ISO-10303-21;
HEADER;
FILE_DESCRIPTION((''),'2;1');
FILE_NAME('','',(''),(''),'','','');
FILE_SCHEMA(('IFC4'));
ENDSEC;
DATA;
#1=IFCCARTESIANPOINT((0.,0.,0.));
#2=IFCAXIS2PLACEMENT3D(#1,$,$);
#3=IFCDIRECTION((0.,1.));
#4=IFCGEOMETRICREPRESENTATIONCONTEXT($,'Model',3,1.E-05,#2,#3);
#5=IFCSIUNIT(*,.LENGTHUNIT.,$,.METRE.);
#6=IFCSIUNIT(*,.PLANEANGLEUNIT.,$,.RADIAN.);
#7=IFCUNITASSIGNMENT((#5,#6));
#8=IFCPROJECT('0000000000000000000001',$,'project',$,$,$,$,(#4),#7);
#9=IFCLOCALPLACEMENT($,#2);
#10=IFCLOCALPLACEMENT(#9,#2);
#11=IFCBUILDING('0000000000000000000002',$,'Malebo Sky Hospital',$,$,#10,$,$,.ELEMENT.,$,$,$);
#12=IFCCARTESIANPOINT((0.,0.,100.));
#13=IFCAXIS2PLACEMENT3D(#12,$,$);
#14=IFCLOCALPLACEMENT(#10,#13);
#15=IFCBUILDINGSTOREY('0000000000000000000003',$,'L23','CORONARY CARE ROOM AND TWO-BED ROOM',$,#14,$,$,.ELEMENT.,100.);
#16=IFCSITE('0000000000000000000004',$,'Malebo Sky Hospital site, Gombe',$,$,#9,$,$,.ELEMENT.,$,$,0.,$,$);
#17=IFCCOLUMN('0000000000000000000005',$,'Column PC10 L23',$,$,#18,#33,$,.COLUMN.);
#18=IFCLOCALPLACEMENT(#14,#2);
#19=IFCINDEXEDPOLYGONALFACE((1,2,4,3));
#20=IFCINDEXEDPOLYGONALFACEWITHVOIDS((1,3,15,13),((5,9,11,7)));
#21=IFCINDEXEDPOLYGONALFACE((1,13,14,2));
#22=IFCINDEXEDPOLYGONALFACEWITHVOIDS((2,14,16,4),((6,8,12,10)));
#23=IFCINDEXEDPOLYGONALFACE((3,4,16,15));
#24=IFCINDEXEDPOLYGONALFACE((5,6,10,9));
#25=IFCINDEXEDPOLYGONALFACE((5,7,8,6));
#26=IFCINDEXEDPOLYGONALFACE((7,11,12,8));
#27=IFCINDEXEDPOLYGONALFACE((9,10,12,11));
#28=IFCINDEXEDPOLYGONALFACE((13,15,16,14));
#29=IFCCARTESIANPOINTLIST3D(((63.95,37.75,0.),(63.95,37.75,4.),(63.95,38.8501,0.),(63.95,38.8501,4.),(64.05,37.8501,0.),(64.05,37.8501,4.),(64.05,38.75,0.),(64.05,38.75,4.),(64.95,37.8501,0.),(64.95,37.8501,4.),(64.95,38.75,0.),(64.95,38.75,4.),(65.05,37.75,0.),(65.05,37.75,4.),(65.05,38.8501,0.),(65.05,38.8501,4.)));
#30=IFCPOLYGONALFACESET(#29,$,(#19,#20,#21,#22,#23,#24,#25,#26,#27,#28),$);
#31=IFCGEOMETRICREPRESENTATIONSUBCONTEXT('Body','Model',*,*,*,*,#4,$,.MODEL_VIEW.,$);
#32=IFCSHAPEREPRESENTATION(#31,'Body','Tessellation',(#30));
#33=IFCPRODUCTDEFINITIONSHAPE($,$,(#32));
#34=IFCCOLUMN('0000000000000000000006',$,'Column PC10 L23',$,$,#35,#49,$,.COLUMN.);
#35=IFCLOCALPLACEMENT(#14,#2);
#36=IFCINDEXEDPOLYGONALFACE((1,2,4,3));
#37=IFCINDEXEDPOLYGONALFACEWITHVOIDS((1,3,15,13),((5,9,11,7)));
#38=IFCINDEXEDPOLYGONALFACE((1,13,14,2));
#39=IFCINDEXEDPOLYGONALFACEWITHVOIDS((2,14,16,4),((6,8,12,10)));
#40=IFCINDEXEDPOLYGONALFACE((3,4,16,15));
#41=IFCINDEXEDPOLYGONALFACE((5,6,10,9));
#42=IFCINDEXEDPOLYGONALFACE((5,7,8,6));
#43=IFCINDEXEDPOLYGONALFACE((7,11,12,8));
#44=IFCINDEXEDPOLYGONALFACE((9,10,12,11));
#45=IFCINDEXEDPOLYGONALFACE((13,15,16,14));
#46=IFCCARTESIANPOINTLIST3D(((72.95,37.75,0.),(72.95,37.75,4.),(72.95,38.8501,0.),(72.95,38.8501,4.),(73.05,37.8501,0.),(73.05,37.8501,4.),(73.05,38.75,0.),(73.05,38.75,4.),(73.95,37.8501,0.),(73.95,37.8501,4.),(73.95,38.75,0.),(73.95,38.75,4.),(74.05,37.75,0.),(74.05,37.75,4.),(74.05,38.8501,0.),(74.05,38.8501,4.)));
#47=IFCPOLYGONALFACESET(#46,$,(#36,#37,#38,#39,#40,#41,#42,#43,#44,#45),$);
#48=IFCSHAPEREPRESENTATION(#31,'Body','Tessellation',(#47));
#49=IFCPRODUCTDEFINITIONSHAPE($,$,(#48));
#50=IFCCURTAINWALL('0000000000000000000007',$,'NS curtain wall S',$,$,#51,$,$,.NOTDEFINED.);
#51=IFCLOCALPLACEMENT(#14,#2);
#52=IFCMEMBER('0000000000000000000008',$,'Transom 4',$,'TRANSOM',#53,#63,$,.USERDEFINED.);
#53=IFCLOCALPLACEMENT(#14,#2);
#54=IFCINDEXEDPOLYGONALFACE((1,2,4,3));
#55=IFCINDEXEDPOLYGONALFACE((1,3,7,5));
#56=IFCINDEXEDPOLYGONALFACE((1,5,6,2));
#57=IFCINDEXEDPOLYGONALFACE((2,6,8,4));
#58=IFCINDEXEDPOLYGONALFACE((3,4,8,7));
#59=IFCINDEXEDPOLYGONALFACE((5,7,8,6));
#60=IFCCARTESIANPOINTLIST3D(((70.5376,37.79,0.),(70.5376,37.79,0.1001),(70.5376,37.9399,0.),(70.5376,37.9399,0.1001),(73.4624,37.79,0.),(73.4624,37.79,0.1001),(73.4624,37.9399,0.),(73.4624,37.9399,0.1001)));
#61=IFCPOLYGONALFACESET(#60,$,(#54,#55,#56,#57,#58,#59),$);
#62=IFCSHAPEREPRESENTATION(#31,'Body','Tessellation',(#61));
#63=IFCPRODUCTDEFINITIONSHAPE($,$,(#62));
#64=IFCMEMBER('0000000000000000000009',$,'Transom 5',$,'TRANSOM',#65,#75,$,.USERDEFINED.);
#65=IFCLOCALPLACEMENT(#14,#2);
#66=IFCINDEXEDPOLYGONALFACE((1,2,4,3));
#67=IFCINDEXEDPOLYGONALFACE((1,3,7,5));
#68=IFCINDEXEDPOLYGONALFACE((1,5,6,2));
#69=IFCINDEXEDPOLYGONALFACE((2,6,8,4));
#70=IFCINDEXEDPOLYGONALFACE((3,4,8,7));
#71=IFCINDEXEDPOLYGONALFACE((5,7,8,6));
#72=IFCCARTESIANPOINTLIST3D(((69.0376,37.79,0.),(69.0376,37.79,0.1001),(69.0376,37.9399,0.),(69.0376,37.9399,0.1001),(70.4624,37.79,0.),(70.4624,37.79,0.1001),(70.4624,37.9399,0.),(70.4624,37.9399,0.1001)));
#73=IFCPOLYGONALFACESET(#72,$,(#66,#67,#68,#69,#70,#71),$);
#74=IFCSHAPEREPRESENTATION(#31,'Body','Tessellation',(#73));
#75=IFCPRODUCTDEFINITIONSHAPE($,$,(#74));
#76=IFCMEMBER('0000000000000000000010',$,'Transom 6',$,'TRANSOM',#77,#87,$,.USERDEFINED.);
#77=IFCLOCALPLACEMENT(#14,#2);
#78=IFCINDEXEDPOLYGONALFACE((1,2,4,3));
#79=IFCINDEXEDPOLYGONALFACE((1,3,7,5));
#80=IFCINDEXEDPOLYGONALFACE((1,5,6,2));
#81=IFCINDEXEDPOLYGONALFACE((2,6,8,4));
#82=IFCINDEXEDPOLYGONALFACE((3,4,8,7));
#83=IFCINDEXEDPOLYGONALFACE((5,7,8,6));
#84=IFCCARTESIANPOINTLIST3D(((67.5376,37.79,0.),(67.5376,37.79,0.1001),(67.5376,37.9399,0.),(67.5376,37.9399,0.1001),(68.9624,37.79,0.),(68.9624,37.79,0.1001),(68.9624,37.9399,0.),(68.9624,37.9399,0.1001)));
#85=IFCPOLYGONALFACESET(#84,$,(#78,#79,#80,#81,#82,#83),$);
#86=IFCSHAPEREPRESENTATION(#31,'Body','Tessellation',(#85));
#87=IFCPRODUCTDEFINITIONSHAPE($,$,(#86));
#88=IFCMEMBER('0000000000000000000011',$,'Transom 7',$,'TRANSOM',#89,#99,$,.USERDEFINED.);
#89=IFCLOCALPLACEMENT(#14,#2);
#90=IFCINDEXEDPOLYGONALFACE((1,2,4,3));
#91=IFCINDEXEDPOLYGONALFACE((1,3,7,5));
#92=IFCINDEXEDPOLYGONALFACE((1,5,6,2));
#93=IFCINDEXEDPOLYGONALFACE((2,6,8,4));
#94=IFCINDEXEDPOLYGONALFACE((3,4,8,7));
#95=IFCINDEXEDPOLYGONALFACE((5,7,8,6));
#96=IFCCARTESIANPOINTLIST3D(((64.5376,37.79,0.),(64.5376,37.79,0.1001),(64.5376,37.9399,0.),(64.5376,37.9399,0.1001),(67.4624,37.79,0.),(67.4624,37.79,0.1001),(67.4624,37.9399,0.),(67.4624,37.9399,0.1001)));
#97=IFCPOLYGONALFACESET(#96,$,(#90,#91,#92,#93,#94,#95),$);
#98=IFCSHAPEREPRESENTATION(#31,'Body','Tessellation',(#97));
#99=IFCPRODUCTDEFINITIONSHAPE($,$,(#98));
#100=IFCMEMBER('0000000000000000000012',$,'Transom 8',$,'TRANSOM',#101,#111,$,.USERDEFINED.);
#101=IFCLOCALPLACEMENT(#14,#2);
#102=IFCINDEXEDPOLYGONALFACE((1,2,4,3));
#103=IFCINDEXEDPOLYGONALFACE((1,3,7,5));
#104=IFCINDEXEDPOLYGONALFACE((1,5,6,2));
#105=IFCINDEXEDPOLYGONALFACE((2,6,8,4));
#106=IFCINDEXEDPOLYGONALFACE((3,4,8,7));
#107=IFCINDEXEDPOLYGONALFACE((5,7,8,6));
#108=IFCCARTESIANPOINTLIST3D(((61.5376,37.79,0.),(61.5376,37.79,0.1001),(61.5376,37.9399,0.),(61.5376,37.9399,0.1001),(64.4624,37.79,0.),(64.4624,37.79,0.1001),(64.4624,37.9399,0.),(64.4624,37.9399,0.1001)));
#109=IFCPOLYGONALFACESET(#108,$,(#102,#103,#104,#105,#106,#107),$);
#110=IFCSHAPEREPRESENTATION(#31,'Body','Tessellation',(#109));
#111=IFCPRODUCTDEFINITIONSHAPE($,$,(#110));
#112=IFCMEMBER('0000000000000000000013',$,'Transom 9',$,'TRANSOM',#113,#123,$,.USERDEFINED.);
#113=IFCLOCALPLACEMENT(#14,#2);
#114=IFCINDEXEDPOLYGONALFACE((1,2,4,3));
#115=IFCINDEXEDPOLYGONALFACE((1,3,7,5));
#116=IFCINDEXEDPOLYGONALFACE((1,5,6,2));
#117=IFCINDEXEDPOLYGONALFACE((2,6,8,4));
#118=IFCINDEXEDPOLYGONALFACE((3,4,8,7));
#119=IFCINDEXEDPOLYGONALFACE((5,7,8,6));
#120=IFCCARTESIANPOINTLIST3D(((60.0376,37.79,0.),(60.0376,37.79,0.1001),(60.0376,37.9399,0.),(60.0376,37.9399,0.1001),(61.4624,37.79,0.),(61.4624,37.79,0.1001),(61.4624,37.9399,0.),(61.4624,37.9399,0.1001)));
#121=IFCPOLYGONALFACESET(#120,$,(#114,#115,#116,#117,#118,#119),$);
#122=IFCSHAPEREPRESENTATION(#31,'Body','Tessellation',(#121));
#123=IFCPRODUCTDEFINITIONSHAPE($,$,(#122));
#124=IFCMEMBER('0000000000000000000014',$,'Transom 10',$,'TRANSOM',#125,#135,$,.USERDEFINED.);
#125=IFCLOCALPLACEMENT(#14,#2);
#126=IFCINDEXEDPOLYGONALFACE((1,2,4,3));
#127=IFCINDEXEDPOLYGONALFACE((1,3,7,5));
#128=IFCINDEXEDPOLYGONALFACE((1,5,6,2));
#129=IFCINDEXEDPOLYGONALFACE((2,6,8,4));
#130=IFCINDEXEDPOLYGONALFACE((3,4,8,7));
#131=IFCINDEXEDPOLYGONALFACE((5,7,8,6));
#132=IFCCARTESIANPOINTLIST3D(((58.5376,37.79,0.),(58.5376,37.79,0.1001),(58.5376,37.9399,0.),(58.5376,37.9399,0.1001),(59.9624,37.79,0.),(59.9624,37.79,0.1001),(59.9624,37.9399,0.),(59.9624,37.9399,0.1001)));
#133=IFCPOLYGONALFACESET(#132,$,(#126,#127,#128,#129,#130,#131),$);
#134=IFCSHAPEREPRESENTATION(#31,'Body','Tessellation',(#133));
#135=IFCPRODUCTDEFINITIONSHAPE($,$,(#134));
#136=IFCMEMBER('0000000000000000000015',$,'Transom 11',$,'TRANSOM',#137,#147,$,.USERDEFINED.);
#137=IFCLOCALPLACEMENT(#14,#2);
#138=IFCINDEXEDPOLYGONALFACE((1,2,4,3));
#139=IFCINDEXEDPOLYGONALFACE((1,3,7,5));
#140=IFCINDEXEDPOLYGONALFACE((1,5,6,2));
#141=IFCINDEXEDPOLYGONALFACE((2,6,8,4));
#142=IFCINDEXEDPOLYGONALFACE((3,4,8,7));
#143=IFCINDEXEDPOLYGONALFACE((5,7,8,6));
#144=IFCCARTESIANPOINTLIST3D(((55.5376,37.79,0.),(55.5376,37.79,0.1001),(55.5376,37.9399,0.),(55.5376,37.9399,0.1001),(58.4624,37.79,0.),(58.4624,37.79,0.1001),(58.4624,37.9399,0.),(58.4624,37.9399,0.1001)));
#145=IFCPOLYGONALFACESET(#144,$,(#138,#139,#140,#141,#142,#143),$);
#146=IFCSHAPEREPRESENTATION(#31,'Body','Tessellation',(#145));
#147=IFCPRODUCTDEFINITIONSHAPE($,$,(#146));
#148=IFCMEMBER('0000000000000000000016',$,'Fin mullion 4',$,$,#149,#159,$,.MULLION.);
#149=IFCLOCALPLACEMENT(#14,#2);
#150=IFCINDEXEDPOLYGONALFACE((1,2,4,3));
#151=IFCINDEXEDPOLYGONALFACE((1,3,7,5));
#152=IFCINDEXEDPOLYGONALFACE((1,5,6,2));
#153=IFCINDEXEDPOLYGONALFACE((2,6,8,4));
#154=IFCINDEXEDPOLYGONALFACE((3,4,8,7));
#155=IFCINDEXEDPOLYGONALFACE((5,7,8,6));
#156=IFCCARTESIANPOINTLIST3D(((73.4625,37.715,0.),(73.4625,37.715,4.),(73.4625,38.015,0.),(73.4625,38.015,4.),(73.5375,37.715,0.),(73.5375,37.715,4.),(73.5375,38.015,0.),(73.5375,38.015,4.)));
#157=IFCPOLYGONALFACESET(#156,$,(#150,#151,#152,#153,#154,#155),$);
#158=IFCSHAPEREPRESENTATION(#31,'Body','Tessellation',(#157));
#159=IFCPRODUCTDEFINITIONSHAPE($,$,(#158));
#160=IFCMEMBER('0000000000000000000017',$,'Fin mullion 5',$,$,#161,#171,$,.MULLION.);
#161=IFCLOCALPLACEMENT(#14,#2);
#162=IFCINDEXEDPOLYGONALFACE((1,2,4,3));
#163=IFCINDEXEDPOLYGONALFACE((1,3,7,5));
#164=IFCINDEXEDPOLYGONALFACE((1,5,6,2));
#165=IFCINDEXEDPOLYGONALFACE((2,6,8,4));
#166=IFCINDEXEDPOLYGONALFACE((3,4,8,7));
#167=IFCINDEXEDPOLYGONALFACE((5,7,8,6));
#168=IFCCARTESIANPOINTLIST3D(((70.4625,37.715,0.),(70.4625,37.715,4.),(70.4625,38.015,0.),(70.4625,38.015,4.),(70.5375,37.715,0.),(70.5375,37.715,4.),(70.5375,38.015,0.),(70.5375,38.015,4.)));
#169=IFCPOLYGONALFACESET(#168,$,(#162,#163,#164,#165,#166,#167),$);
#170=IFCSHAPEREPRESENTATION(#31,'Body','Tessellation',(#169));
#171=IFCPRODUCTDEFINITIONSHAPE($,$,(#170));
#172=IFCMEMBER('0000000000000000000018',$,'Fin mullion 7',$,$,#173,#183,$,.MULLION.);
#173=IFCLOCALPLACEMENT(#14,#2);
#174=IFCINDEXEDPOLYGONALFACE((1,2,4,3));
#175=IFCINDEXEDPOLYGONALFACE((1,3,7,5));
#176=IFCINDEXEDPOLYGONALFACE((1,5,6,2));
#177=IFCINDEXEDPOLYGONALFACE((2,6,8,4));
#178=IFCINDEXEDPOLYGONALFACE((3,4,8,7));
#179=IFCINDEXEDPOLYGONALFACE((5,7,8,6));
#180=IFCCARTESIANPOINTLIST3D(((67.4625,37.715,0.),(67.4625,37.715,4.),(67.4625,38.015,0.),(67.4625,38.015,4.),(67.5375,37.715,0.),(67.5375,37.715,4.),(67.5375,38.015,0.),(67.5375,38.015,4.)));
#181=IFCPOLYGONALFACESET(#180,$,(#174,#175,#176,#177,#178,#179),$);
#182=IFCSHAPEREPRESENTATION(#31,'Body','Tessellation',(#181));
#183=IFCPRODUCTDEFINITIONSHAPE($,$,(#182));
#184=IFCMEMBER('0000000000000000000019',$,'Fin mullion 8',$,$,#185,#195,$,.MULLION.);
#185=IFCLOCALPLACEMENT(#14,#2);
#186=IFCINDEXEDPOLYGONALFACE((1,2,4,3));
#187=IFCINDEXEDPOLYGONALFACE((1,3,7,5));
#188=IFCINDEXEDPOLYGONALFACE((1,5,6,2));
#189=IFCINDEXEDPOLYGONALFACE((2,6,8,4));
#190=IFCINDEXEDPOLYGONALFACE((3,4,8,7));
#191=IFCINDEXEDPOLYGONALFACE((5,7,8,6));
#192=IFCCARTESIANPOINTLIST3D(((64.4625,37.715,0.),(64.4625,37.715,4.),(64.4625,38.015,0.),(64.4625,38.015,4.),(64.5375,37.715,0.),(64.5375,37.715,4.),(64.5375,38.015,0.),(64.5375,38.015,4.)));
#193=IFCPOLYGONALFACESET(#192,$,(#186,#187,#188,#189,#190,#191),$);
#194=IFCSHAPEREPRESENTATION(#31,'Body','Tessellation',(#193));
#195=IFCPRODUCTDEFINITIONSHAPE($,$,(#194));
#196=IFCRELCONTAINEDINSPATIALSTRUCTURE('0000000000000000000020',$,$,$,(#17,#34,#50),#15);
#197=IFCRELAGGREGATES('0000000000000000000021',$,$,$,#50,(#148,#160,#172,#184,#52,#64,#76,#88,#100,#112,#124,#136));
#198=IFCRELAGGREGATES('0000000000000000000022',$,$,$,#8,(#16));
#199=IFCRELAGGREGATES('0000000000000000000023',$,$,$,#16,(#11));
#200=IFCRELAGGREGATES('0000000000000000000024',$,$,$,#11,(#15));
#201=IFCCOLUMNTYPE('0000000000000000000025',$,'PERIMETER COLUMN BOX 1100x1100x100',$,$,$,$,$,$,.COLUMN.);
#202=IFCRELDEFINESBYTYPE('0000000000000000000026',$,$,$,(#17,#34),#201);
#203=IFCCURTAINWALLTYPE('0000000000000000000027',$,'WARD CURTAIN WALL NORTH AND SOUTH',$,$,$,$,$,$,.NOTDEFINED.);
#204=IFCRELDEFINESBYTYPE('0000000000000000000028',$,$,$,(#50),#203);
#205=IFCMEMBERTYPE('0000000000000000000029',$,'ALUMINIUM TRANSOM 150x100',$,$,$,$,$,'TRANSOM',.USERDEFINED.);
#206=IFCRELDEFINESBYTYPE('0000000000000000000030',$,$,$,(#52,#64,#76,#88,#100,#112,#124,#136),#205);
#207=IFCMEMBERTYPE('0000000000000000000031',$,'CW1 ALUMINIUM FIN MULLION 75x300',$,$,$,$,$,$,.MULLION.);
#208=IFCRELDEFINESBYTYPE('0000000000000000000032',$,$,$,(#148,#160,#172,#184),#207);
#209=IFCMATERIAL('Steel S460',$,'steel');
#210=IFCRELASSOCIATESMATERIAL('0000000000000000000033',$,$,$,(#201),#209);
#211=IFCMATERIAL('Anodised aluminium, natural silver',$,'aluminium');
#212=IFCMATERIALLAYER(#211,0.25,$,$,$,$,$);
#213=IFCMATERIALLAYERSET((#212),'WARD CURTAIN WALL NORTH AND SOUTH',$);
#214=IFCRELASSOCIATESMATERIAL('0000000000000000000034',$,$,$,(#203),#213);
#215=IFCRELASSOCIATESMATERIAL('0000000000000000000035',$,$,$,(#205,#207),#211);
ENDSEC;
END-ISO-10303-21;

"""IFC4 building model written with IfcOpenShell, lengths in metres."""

from ifc_helpers import new_model, si_unit, direction, frame, origin, origin_2d, place, context, subcontext, project, spatial, rectangle, hollow_rectangle, extrude, material, layer, layer_set, material_profile, profile_set, type_object, element, aggregate, save


model = new_model("IFC4")

# Units and contexts
model_context = context("Model", 3, precision=1e-05, world=origin(), true_north=direction((0.0, 1.0)))
body_context = subcontext(model_context, "Body", "Model", "MODEL_VIEW")
ifc_project = project(units=[si_unit("LENGTHUNIT", "METRE"), si_unit("PLANEANGLEUNIT", "RADIAN")], contexts=[model_context])

# Site, building, storey
site_placement = place(None, origin())
site = spatial("IfcSite", under=ifc_project, at=site_placement, Name="Malebo Sky Hospital site, Gombe", CompositionType="ELEMENT", RefElevation=0.0)
building_placement = place(site_placement, origin())
building = spatial("IfcBuilding", under=site, at=building_placement, Name="Malebo Sky Hospital", CompositionType="ELEMENT")
storey_placement = place(building_placement, frame((0.0, 0.0, 100.0)))
storey = spatial("IfcBuildingStorey", under=building, at=storey_placement, Name="L23", Description="CORONARY CARE ROOM AND TWO-BED ROOM", CompositionType="ELEMENT", Elevation=100.0)

# Columns
ifc_material_1 = material(Name="Steel S460", Category="steel")
ifc_material_profile_1 = material_profile(ifc_material_1, hollow_rectangle(XDim=1.1001, YDim=1.1001, WallThickness=0.1001, at=origin_2d()), Name="BOX 1100x1100x100")
ifc_profile_set_1 = profile_set([ifc_material_profile_1], Name="Steel S460")
column_type = type_object("IfcColumnType", Name="PERIMETER COLUMN BOX 1100x1100x100", PredefinedType="COLUMN", material=ifc_profile_set_1)
for number, where, z_axis, x_axis, name in (
    (1, (64.5, 38.3, 0.0), (0.0, 0.0, 1.0), (1.0, 0.0, 0.0), "Column PC10 L23"),
    (2, (73.5, 38.3, 0.0), (0.0, 0.0, 1.0), (1.0, 0.0, 0.0), "Column PC10 L23"),
):
    element("IfcColumn", number, at=place(storey_placement, frame(where, z_axis=z_axis, x_axis=x_axis)), inside=storey, type_object=column_type, Name=name, PredefinedType="COLUMN", context=body_context, shape_type="SweptSolid", body=[
        extrude(hollow_rectangle(XDim=1.1001, YDim=1.1001, WallThickness=0.1001, at=origin_2d()), origin(), (0.0, 0.0, 1.0), 4.0),
    ])

# Curtain wall, members
ifc_material_2 = material(Name="Anodised aluminium, natural silver", Category="aluminium")
ifc_layer_1 = layer(ifc_material_2, 0.25)
ifc_layer_set_1 = layer_set([ifc_layer_1], Name="WARD CURTAIN WALL NORTH AND SOUTH")
curtain_wall_type = type_object("IfcCurtainWallType", Name="WARD CURTAIN WALL NORTH AND SOUTH", PredefinedType="NOTDEFINED", material=ifc_layer_set_1)
curtain_wall_placement = place(storey_placement, origin())
curtain_wall = element("IfcCurtainWall", 3, at=curtain_wall_placement, inside=storey, type_object=curtain_wall_type, Name="NS curtain wall S", PredefinedType="NOTDEFINED")
ifc_material_profile_2 = material_profile(ifc_material_2, rectangle(XDim=0.1499, YDim=0.1001, at=origin_2d()), Name="ALUMINIUM TRANSOM 150x100")
ifc_profile_set_2 = profile_set([ifc_material_profile_2], Name="Anodised aluminium, natural silver")
member_type_1 = type_object("IfcMemberType", Name="ALUMINIUM TRANSOM 150x100", ElementType="TRANSOM", PredefinedType="USERDEFINED", material=ifc_profile_set_2)
member_1_placement = place(storey_placement, frame((73.4624, 37.865, 0.05), z_axis=(-1.0, 0.0, 0.0), x_axis=(0.0, -1.0, 0.0)))
member_1 = element("IfcMember", 4, at=member_1_placement, type_object=member_type_1, Name="Transom 4", ObjectType="TRANSOM", PredefinedType="USERDEFINED", context=body_context, shape_type="SweptSolid", body=[
    extrude(rectangle(XDim=0.1499, YDim=0.1001, at=origin_2d()), origin(), (0.0, 0.0, 1.0), 2.9248),
])
member_2_placement = place(storey_placement, frame((70.4624, 37.865, 0.05), z_axis=(-1.0, 0.0, 0.0), x_axis=(0.0, -1.0, 0.0)))
member_2 = element("IfcMember", 5, at=member_2_placement, type_object=member_type_1, Name="Transom 5", ObjectType="TRANSOM", PredefinedType="USERDEFINED", context=body_context, shape_type="SweptSolid", body=[
    extrude(rectangle(XDim=0.1499, YDim=0.1001, at=origin_2d()), origin(), (0.0, 0.0, 1.0), 1.4248),
])
member_3_placement = place(storey_placement, frame((68.9624, 37.865, 0.05), z_axis=(-1.0, 0.0, 0.0), x_axis=(0.0, -1.0, 0.0)))
member_3 = element("IfcMember", 6, at=member_3_placement, type_object=member_type_1, Name="Transom 6", ObjectType="TRANSOM", PredefinedType="USERDEFINED", context=body_context, shape_type="SweptSolid", body=[
    extrude(rectangle(XDim=0.1499, YDim=0.1001, at=origin_2d()), origin(), (0.0, 0.0, 1.0), 1.4248),
])
member_4_placement = place(storey_placement, frame((67.4624, 37.865, 0.05), z_axis=(-1.0, 0.0, 0.0), x_axis=(0.0, -1.0, 0.0)))
member_4 = element("IfcMember", 7, at=member_4_placement, type_object=member_type_1, Name="Transom 7", ObjectType="TRANSOM", PredefinedType="USERDEFINED", context=body_context, shape_type="SweptSolid", body=[
    extrude(rectangle(XDim=0.1499, YDim=0.1001, at=origin_2d()), origin(), (0.0, 0.0, 1.0), 2.9248),
])
member_5_placement = place(storey_placement, frame((64.4624, 37.865, 0.05), z_axis=(-1.0, 0.0, 0.0), x_axis=(0.0, -1.0, 0.0)))
member_5 = element("IfcMember", 8, at=member_5_placement, type_object=member_type_1, Name="Transom 8", ObjectType="TRANSOM", PredefinedType="USERDEFINED", context=body_context, shape_type="SweptSolid", body=[
    extrude(rectangle(XDim=0.1499, YDim=0.1001, at=origin_2d()), origin(), (0.0, 0.0, 1.0), 2.9248),
])
member_6_placement = place(storey_placement, frame((61.4624, 37.865, 0.05), z_axis=(-1.0, 0.0, 0.0), x_axis=(0.0, -1.0, 0.0)))
member_6 = element("IfcMember", 9, at=member_6_placement, type_object=member_type_1, Name="Transom 9", ObjectType="TRANSOM", PredefinedType="USERDEFINED", context=body_context, shape_type="SweptSolid", body=[
    extrude(rectangle(XDim=0.1499, YDim=0.1001, at=origin_2d()), origin(), (0.0, 0.0, 1.0), 1.4248),
])
member_7_placement = place(storey_placement, frame((59.9624, 37.865, 0.05), z_axis=(-1.0, 0.0, 0.0), x_axis=(0.0, -1.0, 0.0)))
member_7 = element("IfcMember", 10, at=member_7_placement, type_object=member_type_1, Name="Transom 10", ObjectType="TRANSOM", PredefinedType="USERDEFINED", context=body_context, shape_type="SweptSolid", body=[
    extrude(rectangle(XDim=0.1499, YDim=0.1001, at=origin_2d()), origin(), (0.0, 0.0, 1.0), 1.4248),
])
member_8_placement = place(storey_placement, frame((58.4624, 37.865, 0.05), z_axis=(-1.0, 0.0, 0.0), x_axis=(0.0, -1.0, 0.0)))
member_8 = element("IfcMember", 11, at=member_8_placement, type_object=member_type_1, Name="Transom 11", ObjectType="TRANSOM", PredefinedType="USERDEFINED", context=body_context, shape_type="SweptSolid", body=[
    extrude(rectangle(XDim=0.1499, YDim=0.1001, at=origin_2d()), origin(), (0.0, 0.0, 1.0), 2.9248),
])
ifc_material_profile_3 = material_profile(ifc_material_2, rectangle(XDim=0.075, YDim=0.3, at=origin_2d()), Name="CW1 ALUMINIUM FIN MULLION 75x300")
ifc_profile_set_3 = profile_set([ifc_material_profile_3], Name="Anodised aluminium, natural silver")
member_type_2 = type_object("IfcMemberType", Name="CW1 ALUMINIUM FIN MULLION 75x300", PredefinedType="MULLION", material=ifc_profile_set_3)
member_9_placement = place(storey_placement, frame((73.5, 37.865, 0.0), z_axis=(0.0, 0.0, 1.0), x_axis=(-1.0, 0.0, 0.0)))
member_9 = element("IfcMember", 12, at=member_9_placement, type_object=member_type_2, Name="Fin mullion 4", PredefinedType="MULLION", context=body_context, shape_type="SweptSolid", body=[
    extrude(rectangle(XDim=0.075, YDim=0.3, at=origin_2d()), origin(), (0.0, 0.0, 1.0), 4.0),
])
member_10_placement = place(storey_placement, frame((70.5, 37.865, 0.0), z_axis=(0.0, 0.0, 1.0), x_axis=(-1.0, 0.0, 0.0)))
member_10 = element("IfcMember", 13, at=member_10_placement, type_object=member_type_2, Name="Fin mullion 5", PredefinedType="MULLION", context=body_context, shape_type="SweptSolid", body=[
    extrude(rectangle(XDim=0.075, YDim=0.3, at=origin_2d()), origin(), (0.0, 0.0, 1.0), 4.0),
])
member_11_placement = place(storey_placement, frame((67.5, 37.865, 0.0), z_axis=(0.0, 0.0, 1.0), x_axis=(-1.0, 0.0, 0.0)))
member_11 = element("IfcMember", 14, at=member_11_placement, type_object=member_type_2, Name="Fin mullion 7", PredefinedType="MULLION", context=body_context, shape_type="SweptSolid", body=[
    extrude(rectangle(XDim=0.075, YDim=0.3, at=origin_2d()), origin(), (0.0, 0.0, 1.0), 4.0),
])
member_12_placement = place(storey_placement, frame((64.5, 37.865, 0.0), z_axis=(0.0, 0.0, 1.0), x_axis=(-1.0, 0.0, 0.0)))
member_12 = element("IfcMember", 15, at=member_12_placement, type_object=member_type_2, Name="Fin mullion 8", PredefinedType="MULLION", context=body_context, shape_type="SweptSolid", body=[
    extrude(rectangle(XDim=0.075, YDim=0.3, at=origin_2d()), origin(), (0.0, 0.0, 1.0), 4.0),
])

aggregate(curtain_wall, [member_9, member_10, member_11, member_12, member_1, member_2, member_3, member_4, member_5, member_6, member_7, member_8])

save(model, "model.ifc")
